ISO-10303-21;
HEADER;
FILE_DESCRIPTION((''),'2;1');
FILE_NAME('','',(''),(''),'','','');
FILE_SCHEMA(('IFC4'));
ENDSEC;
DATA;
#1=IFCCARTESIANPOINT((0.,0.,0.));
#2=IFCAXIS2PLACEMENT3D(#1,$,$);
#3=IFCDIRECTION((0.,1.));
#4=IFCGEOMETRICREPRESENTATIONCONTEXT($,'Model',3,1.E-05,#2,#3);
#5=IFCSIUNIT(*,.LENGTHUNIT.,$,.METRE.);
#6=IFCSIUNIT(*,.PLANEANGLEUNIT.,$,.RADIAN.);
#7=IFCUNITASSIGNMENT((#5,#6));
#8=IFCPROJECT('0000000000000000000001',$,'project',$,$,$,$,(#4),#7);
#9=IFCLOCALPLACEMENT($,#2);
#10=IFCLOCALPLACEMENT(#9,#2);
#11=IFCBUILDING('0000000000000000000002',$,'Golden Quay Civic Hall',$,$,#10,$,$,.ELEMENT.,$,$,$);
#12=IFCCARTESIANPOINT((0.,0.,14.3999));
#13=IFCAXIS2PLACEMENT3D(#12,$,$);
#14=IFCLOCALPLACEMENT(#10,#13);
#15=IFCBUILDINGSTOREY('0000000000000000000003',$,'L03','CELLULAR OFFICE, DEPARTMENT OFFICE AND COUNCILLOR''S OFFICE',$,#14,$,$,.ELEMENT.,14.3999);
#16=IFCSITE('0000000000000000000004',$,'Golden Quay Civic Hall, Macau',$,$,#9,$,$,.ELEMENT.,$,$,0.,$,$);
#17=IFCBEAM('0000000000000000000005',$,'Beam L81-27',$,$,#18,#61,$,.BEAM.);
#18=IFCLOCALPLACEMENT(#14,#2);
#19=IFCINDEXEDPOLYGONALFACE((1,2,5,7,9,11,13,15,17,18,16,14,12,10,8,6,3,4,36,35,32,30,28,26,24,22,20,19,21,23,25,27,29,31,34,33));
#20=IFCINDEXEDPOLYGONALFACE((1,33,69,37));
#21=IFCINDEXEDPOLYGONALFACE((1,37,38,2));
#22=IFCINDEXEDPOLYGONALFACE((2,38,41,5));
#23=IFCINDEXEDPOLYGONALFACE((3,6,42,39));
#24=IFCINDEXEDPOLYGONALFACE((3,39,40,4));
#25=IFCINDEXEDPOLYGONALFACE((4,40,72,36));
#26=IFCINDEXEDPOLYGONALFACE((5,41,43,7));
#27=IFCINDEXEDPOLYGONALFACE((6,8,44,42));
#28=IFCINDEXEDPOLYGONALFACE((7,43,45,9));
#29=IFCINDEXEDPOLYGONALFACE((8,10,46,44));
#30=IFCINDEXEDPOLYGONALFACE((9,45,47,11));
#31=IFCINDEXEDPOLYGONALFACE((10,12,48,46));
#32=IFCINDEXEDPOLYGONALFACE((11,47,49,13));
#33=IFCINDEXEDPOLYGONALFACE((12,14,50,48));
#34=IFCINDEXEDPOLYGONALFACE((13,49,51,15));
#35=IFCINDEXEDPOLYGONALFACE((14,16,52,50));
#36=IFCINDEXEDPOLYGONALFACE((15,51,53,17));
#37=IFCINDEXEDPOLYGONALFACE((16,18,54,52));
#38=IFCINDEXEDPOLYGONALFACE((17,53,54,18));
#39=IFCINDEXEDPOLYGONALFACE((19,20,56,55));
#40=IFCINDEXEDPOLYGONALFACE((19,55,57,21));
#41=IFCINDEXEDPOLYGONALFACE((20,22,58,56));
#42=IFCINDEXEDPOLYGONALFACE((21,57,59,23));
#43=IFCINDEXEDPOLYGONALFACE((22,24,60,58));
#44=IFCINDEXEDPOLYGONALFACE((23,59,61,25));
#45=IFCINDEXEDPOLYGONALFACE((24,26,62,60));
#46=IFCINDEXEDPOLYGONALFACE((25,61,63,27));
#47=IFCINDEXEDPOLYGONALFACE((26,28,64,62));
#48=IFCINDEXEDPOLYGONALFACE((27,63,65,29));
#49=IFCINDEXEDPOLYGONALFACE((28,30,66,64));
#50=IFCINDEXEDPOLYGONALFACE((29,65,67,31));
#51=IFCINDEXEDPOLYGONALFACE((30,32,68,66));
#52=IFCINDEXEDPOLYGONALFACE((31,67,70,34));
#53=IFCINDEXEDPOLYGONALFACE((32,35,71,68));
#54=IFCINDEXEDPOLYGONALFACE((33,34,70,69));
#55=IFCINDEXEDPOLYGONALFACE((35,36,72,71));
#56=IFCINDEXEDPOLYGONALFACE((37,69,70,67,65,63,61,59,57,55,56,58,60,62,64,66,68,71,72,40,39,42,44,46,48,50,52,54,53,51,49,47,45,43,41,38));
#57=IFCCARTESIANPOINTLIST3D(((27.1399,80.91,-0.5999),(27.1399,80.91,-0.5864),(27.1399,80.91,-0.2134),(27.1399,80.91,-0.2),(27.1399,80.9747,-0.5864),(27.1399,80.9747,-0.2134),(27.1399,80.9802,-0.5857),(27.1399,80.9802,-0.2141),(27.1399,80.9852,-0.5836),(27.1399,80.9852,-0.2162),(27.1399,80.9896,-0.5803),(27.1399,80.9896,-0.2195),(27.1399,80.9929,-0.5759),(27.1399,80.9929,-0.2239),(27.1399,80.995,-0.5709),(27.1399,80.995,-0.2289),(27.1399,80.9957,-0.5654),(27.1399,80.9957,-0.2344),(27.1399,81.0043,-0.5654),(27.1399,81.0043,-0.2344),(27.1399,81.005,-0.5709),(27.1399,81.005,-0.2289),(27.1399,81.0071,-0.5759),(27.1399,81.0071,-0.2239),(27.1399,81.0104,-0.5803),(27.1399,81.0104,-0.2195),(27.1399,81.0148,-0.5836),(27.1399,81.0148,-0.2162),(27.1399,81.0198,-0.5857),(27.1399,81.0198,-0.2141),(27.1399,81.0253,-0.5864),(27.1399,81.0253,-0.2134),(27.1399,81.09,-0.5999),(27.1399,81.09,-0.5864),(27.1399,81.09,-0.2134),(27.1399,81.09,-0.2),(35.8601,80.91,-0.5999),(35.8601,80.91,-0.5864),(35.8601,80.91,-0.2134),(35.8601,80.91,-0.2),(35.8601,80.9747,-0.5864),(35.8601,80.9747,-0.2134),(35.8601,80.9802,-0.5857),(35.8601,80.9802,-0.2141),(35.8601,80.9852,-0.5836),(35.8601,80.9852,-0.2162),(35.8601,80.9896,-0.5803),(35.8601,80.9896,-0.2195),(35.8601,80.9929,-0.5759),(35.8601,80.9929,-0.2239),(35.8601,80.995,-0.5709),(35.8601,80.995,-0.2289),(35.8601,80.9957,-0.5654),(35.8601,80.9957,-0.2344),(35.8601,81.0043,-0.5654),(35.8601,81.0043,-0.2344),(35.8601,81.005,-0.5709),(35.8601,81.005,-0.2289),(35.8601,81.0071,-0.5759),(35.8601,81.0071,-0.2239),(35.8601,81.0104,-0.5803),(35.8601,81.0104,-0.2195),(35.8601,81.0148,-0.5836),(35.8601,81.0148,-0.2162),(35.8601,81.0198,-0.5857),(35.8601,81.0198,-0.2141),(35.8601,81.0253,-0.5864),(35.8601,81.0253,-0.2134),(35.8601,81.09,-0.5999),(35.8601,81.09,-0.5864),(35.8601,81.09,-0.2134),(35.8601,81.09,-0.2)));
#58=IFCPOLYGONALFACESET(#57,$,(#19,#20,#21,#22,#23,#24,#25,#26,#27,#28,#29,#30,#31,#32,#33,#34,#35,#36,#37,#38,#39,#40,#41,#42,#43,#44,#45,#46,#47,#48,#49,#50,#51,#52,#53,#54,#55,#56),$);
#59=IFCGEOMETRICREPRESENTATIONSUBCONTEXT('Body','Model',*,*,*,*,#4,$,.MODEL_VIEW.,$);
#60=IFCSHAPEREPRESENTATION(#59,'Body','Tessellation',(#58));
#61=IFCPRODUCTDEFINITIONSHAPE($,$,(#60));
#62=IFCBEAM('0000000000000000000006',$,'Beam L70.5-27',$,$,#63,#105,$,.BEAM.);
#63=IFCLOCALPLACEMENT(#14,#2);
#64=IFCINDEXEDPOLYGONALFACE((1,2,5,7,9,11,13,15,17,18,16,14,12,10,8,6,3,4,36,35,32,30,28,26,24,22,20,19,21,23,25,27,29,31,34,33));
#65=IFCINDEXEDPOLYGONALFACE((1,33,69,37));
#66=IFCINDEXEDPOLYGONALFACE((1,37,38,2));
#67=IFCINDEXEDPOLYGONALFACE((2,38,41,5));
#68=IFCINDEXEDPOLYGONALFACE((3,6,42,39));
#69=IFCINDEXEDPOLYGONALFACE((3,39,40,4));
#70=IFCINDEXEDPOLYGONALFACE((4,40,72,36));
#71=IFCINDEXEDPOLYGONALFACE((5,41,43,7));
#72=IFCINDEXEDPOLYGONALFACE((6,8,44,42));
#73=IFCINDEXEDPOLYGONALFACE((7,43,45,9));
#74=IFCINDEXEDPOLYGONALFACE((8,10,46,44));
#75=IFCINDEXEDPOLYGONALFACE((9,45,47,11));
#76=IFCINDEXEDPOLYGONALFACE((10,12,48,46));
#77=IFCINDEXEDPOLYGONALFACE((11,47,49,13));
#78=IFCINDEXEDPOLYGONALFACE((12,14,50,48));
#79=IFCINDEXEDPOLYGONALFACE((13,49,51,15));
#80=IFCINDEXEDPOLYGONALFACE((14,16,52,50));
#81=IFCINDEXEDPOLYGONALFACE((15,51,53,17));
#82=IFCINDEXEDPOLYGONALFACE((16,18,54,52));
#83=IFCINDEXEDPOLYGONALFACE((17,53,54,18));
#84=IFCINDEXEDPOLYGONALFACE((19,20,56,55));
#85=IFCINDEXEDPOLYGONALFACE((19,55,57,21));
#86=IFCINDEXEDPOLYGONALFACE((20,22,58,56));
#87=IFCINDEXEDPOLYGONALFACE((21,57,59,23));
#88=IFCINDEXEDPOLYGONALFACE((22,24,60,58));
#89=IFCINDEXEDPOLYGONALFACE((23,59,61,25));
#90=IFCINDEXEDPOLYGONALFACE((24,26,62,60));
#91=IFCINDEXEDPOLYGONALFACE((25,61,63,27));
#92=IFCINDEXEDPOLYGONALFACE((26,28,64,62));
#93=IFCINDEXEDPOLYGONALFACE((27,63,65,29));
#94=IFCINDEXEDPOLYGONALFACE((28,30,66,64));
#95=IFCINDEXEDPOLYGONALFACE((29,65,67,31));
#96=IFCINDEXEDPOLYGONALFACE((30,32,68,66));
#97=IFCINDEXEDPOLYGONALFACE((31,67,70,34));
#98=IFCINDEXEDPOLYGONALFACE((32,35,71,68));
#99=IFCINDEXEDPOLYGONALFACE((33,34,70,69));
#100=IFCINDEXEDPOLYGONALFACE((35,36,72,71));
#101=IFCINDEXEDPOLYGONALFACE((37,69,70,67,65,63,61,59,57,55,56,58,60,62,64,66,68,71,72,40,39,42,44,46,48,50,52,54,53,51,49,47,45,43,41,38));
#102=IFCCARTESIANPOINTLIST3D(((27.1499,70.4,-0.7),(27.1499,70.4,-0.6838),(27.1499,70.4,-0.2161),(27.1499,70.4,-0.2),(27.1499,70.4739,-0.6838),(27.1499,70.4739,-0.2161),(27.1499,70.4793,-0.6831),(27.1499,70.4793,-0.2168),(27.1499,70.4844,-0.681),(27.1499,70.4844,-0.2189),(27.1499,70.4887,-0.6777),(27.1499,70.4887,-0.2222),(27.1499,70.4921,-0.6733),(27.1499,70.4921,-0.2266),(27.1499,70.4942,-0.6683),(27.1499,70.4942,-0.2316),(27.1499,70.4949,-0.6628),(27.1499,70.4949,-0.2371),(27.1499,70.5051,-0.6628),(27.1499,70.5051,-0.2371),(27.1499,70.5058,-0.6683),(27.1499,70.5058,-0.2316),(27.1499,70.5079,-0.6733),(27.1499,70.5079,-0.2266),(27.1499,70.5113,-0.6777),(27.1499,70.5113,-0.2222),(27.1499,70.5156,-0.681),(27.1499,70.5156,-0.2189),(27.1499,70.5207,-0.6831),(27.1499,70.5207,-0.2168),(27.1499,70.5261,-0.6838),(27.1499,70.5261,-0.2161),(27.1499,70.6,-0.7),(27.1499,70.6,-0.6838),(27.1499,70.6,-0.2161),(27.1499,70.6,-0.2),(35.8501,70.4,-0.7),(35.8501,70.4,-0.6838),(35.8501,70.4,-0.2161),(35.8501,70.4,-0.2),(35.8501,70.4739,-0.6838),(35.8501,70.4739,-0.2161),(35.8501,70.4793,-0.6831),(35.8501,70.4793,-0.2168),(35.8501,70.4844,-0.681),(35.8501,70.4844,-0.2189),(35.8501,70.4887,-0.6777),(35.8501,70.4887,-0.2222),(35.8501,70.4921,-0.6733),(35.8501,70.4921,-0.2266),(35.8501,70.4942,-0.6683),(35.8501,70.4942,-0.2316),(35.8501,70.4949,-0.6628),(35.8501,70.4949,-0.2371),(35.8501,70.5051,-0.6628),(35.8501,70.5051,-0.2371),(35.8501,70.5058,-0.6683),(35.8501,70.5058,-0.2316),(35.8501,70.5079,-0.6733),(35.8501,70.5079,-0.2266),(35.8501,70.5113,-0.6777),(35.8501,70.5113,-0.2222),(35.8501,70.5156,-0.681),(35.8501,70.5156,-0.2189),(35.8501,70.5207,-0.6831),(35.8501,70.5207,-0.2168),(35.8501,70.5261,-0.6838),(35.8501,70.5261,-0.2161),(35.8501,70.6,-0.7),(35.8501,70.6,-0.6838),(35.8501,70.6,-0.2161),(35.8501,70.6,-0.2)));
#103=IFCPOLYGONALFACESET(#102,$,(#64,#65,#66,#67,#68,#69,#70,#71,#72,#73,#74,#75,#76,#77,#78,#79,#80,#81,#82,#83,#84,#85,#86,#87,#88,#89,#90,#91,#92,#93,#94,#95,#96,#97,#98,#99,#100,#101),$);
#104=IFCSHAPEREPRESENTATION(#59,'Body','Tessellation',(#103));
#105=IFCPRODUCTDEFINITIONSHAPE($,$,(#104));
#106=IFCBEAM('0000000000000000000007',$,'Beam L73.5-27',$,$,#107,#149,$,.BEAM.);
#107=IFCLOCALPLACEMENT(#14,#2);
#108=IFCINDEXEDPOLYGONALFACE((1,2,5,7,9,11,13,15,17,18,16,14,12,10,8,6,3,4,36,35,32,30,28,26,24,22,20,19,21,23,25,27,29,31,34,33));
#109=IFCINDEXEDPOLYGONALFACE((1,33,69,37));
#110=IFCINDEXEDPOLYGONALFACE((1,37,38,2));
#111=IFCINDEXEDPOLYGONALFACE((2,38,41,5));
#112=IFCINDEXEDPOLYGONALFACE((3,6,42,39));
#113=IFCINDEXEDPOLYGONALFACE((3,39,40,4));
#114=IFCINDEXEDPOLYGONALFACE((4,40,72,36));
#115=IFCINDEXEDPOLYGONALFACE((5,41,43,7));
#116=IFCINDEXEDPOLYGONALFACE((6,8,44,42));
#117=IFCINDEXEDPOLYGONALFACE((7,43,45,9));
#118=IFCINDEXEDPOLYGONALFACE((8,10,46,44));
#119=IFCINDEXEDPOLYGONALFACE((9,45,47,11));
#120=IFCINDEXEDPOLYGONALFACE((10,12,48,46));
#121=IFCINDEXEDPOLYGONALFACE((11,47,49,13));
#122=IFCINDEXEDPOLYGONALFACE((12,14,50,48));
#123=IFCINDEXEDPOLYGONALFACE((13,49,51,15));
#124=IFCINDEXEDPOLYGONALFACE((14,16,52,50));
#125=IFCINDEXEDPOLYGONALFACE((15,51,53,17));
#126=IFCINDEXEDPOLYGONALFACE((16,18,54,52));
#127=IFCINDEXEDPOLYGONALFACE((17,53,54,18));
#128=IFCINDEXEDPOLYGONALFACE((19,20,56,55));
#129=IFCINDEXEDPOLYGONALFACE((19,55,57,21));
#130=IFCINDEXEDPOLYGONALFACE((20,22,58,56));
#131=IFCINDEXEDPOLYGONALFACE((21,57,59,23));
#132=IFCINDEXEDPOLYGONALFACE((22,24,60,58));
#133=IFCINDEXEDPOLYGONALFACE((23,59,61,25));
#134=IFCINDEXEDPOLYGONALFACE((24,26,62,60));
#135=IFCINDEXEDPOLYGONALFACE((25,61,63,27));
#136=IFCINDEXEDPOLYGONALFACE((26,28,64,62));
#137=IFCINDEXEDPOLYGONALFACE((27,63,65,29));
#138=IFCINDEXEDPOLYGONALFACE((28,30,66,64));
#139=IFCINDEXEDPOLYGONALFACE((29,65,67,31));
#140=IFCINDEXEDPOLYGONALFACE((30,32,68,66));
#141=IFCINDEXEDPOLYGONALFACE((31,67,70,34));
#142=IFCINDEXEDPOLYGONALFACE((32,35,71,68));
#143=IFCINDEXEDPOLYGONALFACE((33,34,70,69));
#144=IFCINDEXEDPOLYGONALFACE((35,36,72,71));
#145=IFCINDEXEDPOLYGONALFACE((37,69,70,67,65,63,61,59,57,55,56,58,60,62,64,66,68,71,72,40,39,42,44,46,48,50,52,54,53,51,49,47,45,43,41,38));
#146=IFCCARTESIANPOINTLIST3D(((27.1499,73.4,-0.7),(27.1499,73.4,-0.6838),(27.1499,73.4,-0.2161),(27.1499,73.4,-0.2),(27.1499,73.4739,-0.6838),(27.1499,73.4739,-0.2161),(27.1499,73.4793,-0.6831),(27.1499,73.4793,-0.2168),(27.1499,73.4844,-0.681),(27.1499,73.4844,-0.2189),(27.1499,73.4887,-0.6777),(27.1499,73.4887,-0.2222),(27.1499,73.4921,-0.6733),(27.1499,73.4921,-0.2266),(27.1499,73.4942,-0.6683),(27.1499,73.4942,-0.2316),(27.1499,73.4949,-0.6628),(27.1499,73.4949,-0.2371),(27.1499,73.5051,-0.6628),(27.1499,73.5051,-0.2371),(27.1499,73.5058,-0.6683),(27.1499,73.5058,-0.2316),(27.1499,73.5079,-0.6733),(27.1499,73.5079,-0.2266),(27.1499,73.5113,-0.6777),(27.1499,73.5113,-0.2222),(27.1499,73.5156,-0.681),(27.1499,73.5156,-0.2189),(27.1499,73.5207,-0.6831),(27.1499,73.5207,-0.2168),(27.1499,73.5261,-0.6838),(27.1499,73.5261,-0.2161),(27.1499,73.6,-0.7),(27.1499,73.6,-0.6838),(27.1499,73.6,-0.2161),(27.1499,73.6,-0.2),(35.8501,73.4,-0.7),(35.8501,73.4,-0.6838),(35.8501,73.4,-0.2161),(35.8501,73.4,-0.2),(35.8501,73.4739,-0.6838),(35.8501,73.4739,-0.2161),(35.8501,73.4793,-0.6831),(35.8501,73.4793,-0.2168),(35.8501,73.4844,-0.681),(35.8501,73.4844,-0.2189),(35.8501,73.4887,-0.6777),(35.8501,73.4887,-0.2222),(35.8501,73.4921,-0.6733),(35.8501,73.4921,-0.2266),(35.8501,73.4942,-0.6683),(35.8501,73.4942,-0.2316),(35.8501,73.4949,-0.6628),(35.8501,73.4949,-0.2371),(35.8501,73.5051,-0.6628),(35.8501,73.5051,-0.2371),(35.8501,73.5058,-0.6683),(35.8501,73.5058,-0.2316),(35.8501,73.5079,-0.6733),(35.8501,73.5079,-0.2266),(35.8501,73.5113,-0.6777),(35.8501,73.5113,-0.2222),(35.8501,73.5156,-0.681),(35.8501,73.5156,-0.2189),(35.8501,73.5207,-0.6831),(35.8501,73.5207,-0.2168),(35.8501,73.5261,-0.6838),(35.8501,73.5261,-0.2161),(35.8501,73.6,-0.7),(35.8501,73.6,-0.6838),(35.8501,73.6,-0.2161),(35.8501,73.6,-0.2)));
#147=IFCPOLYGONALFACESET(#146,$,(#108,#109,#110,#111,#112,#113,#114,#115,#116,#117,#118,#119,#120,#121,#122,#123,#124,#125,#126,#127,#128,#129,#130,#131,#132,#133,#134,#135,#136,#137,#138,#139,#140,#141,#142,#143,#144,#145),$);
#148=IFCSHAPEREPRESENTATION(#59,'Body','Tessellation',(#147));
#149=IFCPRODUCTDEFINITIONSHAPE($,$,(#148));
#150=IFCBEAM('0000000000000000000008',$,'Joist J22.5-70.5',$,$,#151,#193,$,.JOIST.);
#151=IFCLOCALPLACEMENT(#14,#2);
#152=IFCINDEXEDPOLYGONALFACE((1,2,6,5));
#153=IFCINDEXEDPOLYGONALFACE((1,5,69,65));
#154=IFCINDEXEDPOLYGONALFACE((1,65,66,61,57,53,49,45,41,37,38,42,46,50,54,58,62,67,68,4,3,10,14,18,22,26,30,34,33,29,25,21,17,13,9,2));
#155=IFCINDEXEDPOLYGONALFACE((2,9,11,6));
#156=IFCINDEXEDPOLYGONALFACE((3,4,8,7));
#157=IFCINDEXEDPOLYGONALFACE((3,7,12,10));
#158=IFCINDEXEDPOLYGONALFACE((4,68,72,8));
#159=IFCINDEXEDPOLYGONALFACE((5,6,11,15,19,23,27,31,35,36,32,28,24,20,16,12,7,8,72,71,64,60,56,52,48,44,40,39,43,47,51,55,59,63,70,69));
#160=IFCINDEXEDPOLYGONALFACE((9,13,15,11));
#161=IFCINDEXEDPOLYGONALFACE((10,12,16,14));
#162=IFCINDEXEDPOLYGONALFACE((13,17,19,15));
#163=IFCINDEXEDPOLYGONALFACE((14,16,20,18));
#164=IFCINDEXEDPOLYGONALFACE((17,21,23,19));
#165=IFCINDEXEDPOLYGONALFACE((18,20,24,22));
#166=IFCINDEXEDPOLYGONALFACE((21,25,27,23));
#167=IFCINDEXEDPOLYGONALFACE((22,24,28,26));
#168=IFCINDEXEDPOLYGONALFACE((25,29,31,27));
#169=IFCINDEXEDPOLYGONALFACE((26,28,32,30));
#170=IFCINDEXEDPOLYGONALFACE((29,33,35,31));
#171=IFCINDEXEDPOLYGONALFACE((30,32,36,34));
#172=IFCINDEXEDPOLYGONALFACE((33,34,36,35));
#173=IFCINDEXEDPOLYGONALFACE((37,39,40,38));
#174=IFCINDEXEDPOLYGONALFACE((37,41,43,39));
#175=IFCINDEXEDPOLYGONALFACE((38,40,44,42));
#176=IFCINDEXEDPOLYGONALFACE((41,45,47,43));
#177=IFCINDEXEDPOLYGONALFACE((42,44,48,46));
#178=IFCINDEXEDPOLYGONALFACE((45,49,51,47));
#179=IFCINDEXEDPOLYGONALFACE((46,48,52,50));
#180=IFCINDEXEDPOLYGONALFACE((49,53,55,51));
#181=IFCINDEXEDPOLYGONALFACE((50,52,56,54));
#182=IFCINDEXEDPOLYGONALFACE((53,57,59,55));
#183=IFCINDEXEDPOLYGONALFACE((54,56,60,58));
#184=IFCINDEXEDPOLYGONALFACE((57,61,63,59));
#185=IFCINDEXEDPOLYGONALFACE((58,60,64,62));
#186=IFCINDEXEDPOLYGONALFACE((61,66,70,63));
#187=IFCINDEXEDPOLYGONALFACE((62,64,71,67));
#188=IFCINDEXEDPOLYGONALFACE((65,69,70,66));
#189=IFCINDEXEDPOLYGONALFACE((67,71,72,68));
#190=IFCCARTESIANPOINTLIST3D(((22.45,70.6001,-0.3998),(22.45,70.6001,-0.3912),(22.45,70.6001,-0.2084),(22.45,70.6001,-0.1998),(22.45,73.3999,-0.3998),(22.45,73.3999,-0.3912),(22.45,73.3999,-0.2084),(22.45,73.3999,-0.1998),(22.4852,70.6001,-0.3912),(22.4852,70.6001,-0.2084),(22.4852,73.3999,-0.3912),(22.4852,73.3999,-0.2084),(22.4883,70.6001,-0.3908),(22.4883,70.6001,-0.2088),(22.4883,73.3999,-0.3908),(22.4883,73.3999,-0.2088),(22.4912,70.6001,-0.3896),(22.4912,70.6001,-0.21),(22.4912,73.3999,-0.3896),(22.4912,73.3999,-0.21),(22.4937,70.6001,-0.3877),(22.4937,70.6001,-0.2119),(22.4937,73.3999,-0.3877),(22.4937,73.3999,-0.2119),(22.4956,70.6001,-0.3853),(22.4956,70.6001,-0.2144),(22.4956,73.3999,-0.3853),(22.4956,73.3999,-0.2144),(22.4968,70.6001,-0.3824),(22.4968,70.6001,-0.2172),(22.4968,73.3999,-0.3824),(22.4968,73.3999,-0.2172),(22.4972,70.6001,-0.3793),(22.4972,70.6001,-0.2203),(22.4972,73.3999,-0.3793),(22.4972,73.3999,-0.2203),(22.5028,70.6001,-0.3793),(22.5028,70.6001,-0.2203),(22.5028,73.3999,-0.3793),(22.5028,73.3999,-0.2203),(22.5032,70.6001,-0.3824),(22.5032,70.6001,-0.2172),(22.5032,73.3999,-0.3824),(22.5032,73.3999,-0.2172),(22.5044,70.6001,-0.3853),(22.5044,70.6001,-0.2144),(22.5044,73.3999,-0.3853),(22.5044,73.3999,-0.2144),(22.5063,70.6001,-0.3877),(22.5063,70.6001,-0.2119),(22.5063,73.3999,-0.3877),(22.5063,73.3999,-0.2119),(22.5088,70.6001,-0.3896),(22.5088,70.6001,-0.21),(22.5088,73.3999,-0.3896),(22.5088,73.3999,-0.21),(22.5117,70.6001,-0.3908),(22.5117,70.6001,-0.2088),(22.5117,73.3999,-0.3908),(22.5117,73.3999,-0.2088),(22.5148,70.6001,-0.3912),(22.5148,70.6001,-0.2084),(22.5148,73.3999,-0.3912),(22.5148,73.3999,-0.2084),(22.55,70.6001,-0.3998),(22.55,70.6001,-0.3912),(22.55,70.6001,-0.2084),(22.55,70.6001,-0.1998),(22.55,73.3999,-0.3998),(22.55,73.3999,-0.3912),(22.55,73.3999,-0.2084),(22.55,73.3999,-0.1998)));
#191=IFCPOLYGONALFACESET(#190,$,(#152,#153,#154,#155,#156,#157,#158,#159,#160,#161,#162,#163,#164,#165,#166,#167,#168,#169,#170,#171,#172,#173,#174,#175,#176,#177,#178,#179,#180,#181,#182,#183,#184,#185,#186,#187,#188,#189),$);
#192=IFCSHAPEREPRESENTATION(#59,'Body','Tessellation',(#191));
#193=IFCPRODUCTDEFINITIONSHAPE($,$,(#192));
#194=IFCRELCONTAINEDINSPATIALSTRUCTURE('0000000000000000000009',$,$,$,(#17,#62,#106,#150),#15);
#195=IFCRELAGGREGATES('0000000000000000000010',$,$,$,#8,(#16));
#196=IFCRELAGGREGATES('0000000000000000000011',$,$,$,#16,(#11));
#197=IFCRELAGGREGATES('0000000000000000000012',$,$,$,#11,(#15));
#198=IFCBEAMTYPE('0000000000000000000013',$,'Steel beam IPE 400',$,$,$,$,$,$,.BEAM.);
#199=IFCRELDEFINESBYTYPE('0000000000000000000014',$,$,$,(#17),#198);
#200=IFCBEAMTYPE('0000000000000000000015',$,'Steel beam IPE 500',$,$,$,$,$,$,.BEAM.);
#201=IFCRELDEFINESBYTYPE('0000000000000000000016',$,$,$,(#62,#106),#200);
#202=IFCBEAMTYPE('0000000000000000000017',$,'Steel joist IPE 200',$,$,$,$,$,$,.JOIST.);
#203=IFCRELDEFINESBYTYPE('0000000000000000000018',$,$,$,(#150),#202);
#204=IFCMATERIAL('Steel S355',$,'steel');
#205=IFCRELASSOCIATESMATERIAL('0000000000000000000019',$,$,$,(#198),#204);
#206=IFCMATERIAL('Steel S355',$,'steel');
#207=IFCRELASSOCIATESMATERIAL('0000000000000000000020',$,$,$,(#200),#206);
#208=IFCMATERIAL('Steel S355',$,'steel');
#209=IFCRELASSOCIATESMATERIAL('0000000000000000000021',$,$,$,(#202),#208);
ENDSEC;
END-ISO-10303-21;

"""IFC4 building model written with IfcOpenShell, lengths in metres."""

from ifc_helpers import new_model, si_unit, direction, frame, origin, origin_2d, place, context, subcontext, project, spatial, i_section, extrude, material, material_profile, profile_set, type_object, element, save


model = new_model("IFC4")

# Units and contexts
model_context = context("Model", 3, precision=1e-05, world=origin(), true_north=direction((0.0, 1.0)))
body_context = subcontext(model_context, "Body", "Model", "MODEL_VIEW")
ifc_project = project(units=[si_unit("LENGTHUNIT", "METRE"), si_unit("PLANEANGLEUNIT", "RADIAN")], contexts=[model_context])

# Site, building, storey
site_placement = place(None, origin())
site = spatial("IfcSite", under=ifc_project, at=site_placement, Name="Golden Quay Civic Hall, Macau", CompositionType="ELEMENT", RefElevation=0.0)
building_placement = place(site_placement, origin())
building = spatial("IfcBuilding", under=site, at=building_placement, Name="Golden Quay Civic Hall", CompositionType="ELEMENT")
storey_placement = place(building_placement, frame((0.0, 0.0, 14.3999)))
storey = spatial("IfcBuildingStorey", under=building, at=storey_placement, Name="L03", Description="CELLULAR OFFICE, DEPARTMENT OFFICE AND COUNCILLOR'S OFFICE", CompositionType="ELEMENT", Elevation=14.3999)

# Beams
ifc_material_1 = material(Name="Steel S355", Category="steel")
ifc_material_profile_1 = material_profile(ifc_material_1, i_section(OverallWidth=0.1799, OverallDepth=0.3999, WebThickness=0.0085, FlangeThickness=0.0134, FilletRadius=0.021, at=origin_2d()), Name="IPE 400")
ifc_profile_set_1 = profile_set([ifc_material_profile_1], Name="Steel S355")
beam_type_1 = type_object("IfcBeamType", Name="Steel beam IPE 400", PredefinedType="BEAM", material=ifc_profile_set_1)
beam_1_placement = place(storey_placement, frame((27.1399, 81.0, -0.3999), z_axis=(1.0, 0.0, 0.0), x_axis=(0.0, 1.0, 0.0)))
element("IfcBeam", 1, at=beam_1_placement, inside=storey, type_object=beam_type_1, Name="Beam L81-27", PredefinedType="BEAM", context=body_context, shape_type="SweptSolid", body=[
    extrude(i_section(OverallWidth=0.1799, OverallDepth=0.3999, WebThickness=0.0085, FlangeThickness=0.0134, FilletRadius=0.021, at=origin_2d()), origin(), (0.0, 0.0, 1.0), 8.7202),
])
ifc_material_2 = material(Name="Steel S355", Category="steel")
ifc_material_profile_2 = material_profile(ifc_material_2, i_section(OverallWidth=0.2, OverallDepth=0.5, WebThickness=0.0103, FlangeThickness=0.0161, FilletRadius=0.021, at=origin_2d()), Name="IPE 500")
ifc_profile_set_2 = profile_set([ifc_material_profile_2], Name="Steel S355")
beam_type_2 = type_object("IfcBeamType", Name="Steel beam IPE 500", PredefinedType="BEAM", material=ifc_profile_set_2)
for number, where, z_axis, x_axis, name in (
    (2, (27.1499, 70.5, -0.45), (1.0, 0.0, 0.0), (0.0, 1.0, 0.0), "Beam L70.5-27"),
    (3, (27.1499, 73.5, -0.45), (1.0, 0.0, 0.0), (0.0, 1.0, 0.0), "Beam L73.5-27"),
):
    element("IfcBeam", number, at=place(storey_placement, frame(where, z_axis=z_axis, x_axis=x_axis)), inside=storey, type_object=beam_type_2, Name=name, PredefinedType="BEAM", context=body_context, shape_type="SweptSolid", body=[
        extrude(i_section(OverallWidth=0.2, OverallDepth=0.5, WebThickness=0.0103, FlangeThickness=0.0161, FilletRadius=0.021, at=origin_2d()), origin(), (0.0, 0.0, 1.0), 8.7002),
    ])
ifc_material_3 = material(Name="Steel S355", Category="steel")
ifc_material_profile_3 = material_profile(ifc_material_3, i_section(OverallWidth=0.1001, OverallDepth=0.2, WebThickness=0.0056, FlangeThickness=0.0085, FilletRadius=0.012, at=origin_2d()), Name="IPE 200")
ifc_profile_set_3 = profile_set([ifc_material_profile_3], Name="Steel S355")
beam_type_3 = type_object("IfcBeamType", Name="Steel joist IPE 200", PredefinedType="JOIST", material=ifc_profile_set_3)
for number, where, z_axis, x_axis, name in (
    (4, (22.5, 70.6001, -0.2998), (0.0, 1.0, 0.0), (-1.0, 0.0, 0.0), "Joist J22.5-70.5"),
):
    element("IfcBeam", number, at=place(storey_placement, frame(where, z_axis=z_axis, x_axis=x_axis)), inside=storey, type_object=beam_type_3, Name=name, PredefinedType="JOIST", context=body_context, shape_type="SweptSolid", body=[
        extrude(i_section(OverallWidth=0.1001, OverallDepth=0.2, WebThickness=0.0056, FlangeThickness=0.0085, FilletRadius=0.012, at=origin_2d()), origin(), (0.0, 0.0, 1.0), 2.7998),
    ])

save(model, "model.ifc")
